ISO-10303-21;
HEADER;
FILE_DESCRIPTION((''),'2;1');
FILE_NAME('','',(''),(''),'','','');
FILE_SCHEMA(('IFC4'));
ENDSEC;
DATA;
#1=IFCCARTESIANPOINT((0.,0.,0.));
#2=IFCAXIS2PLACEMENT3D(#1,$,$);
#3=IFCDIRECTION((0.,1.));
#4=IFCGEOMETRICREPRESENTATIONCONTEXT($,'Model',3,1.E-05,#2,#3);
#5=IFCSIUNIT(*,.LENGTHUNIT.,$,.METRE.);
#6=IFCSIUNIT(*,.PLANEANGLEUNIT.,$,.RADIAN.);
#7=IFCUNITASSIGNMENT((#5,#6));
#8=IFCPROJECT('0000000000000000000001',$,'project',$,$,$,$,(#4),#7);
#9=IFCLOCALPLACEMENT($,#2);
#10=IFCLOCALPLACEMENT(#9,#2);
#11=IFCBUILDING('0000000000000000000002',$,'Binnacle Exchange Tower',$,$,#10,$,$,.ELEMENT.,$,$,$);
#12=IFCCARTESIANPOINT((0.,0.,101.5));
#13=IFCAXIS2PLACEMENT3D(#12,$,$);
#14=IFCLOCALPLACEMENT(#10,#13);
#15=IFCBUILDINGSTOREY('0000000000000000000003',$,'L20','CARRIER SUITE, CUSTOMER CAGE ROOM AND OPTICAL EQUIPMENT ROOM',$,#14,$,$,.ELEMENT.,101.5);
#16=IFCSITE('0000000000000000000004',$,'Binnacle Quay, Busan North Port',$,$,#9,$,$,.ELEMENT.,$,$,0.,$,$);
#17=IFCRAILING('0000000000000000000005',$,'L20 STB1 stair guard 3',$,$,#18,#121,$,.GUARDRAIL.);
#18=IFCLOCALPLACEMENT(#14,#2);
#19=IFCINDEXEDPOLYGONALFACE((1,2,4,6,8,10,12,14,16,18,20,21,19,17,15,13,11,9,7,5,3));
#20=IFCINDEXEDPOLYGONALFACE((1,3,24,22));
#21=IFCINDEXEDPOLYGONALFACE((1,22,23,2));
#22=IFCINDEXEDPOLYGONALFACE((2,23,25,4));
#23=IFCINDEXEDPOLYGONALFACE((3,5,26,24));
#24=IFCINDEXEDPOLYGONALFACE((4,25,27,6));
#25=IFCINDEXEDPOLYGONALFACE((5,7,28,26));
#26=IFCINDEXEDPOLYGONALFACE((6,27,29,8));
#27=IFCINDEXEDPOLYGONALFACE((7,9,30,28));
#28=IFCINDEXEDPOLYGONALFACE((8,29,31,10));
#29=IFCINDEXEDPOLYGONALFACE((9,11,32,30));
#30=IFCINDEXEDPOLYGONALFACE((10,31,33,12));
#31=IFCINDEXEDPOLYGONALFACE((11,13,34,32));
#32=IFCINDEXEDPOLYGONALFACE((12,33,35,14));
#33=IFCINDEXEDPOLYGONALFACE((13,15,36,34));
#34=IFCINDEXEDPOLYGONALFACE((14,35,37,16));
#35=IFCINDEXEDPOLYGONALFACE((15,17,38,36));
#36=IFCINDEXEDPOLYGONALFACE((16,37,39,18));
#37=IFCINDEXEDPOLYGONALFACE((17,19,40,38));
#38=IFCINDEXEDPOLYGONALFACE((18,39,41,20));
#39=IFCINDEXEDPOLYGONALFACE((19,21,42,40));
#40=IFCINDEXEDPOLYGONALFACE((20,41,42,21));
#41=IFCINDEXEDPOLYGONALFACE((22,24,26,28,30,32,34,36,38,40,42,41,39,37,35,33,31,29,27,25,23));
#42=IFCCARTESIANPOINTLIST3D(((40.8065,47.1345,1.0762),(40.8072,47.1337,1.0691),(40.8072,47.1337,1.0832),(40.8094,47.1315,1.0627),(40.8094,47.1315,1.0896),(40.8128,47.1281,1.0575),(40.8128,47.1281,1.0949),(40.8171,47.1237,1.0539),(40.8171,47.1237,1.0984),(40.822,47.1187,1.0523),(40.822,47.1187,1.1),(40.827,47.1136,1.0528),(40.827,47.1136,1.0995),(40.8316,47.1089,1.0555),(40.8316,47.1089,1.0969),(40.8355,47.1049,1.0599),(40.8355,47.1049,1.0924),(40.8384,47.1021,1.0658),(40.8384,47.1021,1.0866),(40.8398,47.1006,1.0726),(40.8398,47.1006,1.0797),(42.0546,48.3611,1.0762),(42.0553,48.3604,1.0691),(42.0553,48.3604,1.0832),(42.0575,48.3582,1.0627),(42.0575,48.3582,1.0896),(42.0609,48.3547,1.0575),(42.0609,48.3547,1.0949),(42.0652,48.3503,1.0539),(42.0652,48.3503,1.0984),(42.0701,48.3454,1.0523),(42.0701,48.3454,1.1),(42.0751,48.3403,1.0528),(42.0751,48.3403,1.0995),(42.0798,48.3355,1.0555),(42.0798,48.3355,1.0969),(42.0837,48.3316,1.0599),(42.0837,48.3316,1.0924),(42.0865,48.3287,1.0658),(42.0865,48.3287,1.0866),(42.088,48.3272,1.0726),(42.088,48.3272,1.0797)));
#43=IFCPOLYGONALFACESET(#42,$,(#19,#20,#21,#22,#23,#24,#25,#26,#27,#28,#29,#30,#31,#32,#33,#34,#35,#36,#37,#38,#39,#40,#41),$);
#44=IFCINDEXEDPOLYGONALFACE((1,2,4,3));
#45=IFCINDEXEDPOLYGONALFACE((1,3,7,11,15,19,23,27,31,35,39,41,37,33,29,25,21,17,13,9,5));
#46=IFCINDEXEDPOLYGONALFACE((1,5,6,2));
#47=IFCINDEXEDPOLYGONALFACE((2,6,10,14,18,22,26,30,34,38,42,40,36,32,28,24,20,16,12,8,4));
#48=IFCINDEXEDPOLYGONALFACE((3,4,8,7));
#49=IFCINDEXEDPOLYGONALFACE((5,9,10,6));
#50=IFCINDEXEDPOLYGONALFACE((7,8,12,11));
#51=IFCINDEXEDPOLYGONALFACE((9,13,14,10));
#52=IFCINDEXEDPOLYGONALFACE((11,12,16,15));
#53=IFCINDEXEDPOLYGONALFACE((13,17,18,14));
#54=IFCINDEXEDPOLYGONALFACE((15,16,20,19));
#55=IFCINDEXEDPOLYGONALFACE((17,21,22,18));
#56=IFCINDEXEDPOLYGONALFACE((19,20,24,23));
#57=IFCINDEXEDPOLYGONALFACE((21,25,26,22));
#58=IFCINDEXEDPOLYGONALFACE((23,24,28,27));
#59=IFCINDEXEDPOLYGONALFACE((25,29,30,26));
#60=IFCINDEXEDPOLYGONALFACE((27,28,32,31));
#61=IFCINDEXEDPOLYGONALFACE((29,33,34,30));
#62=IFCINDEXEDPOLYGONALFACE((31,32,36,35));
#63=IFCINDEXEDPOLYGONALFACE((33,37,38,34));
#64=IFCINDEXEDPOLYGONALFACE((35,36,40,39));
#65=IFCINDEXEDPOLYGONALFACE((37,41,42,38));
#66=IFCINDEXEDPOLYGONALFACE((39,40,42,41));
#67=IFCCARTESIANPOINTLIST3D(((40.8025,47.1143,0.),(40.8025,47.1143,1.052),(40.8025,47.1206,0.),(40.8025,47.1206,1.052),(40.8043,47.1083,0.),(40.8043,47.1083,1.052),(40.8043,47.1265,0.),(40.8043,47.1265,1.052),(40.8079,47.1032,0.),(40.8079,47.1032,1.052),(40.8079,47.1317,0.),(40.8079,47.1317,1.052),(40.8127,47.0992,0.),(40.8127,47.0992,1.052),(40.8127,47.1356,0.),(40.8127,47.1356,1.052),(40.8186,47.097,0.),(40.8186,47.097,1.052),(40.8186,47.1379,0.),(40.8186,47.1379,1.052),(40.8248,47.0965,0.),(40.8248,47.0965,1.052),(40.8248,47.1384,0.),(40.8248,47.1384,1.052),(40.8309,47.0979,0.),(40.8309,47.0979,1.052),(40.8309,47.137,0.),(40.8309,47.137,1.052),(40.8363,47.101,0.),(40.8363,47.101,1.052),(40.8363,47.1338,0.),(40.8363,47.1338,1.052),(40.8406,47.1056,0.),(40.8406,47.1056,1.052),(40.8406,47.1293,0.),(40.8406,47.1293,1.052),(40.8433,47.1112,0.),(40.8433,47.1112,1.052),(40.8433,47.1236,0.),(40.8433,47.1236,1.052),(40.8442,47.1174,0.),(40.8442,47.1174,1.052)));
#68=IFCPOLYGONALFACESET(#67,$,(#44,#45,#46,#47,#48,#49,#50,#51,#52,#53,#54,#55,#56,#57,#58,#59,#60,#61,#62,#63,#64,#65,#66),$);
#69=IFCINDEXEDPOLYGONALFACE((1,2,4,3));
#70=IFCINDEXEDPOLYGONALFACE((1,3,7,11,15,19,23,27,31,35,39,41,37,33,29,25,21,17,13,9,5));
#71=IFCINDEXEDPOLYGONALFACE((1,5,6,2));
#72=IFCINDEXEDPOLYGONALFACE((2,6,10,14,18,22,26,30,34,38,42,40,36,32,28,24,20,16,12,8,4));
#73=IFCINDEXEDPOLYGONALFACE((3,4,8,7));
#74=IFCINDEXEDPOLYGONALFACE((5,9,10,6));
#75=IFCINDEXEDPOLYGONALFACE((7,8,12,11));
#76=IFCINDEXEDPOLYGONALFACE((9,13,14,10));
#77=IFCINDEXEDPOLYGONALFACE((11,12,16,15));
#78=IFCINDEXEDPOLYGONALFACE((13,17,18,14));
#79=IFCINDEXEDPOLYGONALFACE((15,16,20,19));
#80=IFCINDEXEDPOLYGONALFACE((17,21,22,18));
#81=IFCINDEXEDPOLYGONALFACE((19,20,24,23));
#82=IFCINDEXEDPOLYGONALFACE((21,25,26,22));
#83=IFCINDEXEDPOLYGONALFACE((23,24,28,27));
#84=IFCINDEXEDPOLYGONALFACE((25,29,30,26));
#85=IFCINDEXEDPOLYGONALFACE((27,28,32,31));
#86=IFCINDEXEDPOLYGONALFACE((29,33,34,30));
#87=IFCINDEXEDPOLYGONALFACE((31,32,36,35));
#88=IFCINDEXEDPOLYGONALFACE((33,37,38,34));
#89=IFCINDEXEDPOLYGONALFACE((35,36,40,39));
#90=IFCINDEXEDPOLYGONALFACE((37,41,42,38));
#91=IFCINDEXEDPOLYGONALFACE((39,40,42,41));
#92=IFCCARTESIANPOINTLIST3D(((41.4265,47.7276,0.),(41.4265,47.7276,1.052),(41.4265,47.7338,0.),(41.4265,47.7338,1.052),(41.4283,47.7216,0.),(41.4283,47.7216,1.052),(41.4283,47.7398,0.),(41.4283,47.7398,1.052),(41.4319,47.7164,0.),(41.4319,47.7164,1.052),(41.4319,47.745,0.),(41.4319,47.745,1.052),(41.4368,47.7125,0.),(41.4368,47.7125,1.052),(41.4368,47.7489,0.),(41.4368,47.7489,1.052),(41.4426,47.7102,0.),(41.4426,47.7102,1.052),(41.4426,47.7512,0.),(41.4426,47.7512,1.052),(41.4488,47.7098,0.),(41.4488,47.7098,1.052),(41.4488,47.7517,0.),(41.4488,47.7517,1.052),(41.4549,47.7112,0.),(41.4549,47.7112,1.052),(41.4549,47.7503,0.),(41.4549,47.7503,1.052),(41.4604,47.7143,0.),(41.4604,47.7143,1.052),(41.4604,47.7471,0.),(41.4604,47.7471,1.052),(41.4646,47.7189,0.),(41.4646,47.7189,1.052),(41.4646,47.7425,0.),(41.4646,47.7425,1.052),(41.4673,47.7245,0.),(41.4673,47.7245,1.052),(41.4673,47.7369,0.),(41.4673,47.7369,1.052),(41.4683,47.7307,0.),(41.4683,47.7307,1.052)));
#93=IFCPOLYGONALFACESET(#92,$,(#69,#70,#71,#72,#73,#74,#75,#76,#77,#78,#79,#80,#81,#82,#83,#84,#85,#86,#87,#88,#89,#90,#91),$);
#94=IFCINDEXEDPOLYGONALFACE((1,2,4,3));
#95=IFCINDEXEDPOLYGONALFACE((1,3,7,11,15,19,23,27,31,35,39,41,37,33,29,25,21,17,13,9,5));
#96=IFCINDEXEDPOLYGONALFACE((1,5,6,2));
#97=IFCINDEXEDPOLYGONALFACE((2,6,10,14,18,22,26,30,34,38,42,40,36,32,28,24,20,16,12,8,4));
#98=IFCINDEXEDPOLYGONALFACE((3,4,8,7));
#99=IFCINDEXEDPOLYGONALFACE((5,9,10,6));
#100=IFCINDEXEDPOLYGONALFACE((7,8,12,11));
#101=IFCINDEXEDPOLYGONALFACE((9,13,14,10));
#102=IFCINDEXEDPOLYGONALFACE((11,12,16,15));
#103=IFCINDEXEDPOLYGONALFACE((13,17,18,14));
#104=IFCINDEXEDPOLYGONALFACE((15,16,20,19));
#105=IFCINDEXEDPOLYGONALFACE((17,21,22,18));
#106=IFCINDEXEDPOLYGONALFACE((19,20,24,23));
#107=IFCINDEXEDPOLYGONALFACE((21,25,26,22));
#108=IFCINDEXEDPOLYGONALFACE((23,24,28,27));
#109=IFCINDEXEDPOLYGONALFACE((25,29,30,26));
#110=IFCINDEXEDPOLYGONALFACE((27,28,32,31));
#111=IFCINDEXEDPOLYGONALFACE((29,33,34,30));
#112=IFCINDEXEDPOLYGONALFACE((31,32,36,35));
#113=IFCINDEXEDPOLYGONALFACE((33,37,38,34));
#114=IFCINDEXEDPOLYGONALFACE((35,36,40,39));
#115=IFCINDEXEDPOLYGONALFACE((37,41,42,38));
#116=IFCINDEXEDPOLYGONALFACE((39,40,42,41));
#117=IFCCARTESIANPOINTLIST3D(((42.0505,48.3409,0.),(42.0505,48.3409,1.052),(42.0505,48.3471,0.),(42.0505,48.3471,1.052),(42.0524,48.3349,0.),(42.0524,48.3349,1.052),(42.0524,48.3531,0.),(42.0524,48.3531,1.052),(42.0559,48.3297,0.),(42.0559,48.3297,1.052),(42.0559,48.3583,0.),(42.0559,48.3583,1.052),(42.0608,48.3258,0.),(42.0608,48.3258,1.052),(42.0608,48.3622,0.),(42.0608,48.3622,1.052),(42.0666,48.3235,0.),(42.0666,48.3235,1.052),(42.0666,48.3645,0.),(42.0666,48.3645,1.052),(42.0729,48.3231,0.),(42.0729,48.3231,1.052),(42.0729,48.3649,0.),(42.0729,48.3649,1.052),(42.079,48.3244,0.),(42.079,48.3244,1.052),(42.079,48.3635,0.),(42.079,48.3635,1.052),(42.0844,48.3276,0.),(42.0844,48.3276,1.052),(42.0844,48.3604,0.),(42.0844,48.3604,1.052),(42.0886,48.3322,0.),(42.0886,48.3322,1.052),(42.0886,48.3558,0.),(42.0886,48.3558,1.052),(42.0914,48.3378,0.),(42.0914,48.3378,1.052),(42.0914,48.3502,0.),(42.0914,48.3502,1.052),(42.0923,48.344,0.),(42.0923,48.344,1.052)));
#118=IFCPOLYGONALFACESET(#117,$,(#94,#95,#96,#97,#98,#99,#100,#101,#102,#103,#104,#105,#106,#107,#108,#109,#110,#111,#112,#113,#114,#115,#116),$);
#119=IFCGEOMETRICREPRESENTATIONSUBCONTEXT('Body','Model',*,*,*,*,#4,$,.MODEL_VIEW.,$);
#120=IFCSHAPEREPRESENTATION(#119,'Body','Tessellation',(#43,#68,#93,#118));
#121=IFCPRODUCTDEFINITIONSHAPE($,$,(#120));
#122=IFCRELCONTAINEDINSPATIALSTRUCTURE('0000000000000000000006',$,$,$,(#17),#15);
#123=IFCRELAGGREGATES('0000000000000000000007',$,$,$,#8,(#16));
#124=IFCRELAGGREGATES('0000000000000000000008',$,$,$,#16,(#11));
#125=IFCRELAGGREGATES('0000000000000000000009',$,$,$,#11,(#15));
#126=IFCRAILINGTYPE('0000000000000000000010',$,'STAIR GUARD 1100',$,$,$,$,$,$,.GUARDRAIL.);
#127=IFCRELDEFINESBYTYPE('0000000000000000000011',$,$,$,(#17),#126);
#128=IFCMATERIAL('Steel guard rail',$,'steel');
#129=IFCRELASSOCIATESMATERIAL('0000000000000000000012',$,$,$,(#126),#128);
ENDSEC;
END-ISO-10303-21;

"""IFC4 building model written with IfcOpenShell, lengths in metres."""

from ifc_helpers import new_model, si_unit, direction, frame, origin, origin_2d, place, context, subcontext, project, spatial, circle, extrude, material, type_object, element, save


model = new_model("IFC4")

# Units and contexts
model_context = context("Model", 3, precision=1e-05, world=origin(), true_north=direction((0.0, 1.0)))
body_context = subcontext(model_context, "Body", "Model", "MODEL_VIEW")
ifc_project = project(units=[si_unit("LENGTHUNIT", "METRE"), si_unit("PLANEANGLEUNIT", "RADIAN")], contexts=[model_context])

# Site, building, storey
site_placement = place(None, origin())
site = spatial("IfcSite", under=ifc_project, at=site_placement, Name="Binnacle Quay, Busan North Port", CompositionType="ELEMENT", RefElevation=0.0)
building_placement = place(site_placement, origin())
building = spatial("IfcBuilding", under=site, at=building_placement, Name="Binnacle Exchange Tower", CompositionType="ELEMENT")
storey_placement = place(building_placement, frame((0.0, 0.0, 101.5)))
storey = spatial("IfcBuildingStorey", under=building, at=storey_placement, Name="L20", Description="CARRIER SUITE, CUSTOMER CAGE ROOM AND OPTICAL EQUIPMENT ROOM", CompositionType="ELEMENT", Elevation=101.5)

# Railing
ifc_material_1 = material(Name="Steel guard rail", Category="steel")
railing_type_1 = type_object("IfcRailingType", Name="STAIR GUARD 1100", PredefinedType="GUARDRAIL", material=ifc_material_1)
railing_1_placement = place(storey_placement, frame((40.8232, 47.1174, 0.0)))
element("IfcRailing", 1, at=railing_1_placement, inside=storey, type_object=railing_type_1, Name="L20 STB1 stair guard 3", PredefinedType="GUARDRAIL", context=body_context, shape_type="SweptSolid", body=[
    extrude(circle(Radius=0.0239, at=origin_2d()), frame((0.0, 0.0, 1.0762), z_axis=(0.713219, 0.700941, 0.0), x_axis=(-0.700941, 0.713219, 0.0)), (0.0, 0.0, 1.0), 1.75),
    extrude(circle(Radius=0.021, at=origin_2d()), origin(), (0.0, 0.0, 1.0), 1.052),
    extrude(circle(Radius=0.021, at=origin_2d()), frame((0.624, 0.6133, 0.0)), (0.0, 0.0, 1.0), 1.052),
    extrude(circle(Radius=0.021, at=origin_2d()), frame((1.248, 1.2266, 0.0)), (0.0, 0.0, 1.0), 1.052),
])

save(model, "model.ifc")
